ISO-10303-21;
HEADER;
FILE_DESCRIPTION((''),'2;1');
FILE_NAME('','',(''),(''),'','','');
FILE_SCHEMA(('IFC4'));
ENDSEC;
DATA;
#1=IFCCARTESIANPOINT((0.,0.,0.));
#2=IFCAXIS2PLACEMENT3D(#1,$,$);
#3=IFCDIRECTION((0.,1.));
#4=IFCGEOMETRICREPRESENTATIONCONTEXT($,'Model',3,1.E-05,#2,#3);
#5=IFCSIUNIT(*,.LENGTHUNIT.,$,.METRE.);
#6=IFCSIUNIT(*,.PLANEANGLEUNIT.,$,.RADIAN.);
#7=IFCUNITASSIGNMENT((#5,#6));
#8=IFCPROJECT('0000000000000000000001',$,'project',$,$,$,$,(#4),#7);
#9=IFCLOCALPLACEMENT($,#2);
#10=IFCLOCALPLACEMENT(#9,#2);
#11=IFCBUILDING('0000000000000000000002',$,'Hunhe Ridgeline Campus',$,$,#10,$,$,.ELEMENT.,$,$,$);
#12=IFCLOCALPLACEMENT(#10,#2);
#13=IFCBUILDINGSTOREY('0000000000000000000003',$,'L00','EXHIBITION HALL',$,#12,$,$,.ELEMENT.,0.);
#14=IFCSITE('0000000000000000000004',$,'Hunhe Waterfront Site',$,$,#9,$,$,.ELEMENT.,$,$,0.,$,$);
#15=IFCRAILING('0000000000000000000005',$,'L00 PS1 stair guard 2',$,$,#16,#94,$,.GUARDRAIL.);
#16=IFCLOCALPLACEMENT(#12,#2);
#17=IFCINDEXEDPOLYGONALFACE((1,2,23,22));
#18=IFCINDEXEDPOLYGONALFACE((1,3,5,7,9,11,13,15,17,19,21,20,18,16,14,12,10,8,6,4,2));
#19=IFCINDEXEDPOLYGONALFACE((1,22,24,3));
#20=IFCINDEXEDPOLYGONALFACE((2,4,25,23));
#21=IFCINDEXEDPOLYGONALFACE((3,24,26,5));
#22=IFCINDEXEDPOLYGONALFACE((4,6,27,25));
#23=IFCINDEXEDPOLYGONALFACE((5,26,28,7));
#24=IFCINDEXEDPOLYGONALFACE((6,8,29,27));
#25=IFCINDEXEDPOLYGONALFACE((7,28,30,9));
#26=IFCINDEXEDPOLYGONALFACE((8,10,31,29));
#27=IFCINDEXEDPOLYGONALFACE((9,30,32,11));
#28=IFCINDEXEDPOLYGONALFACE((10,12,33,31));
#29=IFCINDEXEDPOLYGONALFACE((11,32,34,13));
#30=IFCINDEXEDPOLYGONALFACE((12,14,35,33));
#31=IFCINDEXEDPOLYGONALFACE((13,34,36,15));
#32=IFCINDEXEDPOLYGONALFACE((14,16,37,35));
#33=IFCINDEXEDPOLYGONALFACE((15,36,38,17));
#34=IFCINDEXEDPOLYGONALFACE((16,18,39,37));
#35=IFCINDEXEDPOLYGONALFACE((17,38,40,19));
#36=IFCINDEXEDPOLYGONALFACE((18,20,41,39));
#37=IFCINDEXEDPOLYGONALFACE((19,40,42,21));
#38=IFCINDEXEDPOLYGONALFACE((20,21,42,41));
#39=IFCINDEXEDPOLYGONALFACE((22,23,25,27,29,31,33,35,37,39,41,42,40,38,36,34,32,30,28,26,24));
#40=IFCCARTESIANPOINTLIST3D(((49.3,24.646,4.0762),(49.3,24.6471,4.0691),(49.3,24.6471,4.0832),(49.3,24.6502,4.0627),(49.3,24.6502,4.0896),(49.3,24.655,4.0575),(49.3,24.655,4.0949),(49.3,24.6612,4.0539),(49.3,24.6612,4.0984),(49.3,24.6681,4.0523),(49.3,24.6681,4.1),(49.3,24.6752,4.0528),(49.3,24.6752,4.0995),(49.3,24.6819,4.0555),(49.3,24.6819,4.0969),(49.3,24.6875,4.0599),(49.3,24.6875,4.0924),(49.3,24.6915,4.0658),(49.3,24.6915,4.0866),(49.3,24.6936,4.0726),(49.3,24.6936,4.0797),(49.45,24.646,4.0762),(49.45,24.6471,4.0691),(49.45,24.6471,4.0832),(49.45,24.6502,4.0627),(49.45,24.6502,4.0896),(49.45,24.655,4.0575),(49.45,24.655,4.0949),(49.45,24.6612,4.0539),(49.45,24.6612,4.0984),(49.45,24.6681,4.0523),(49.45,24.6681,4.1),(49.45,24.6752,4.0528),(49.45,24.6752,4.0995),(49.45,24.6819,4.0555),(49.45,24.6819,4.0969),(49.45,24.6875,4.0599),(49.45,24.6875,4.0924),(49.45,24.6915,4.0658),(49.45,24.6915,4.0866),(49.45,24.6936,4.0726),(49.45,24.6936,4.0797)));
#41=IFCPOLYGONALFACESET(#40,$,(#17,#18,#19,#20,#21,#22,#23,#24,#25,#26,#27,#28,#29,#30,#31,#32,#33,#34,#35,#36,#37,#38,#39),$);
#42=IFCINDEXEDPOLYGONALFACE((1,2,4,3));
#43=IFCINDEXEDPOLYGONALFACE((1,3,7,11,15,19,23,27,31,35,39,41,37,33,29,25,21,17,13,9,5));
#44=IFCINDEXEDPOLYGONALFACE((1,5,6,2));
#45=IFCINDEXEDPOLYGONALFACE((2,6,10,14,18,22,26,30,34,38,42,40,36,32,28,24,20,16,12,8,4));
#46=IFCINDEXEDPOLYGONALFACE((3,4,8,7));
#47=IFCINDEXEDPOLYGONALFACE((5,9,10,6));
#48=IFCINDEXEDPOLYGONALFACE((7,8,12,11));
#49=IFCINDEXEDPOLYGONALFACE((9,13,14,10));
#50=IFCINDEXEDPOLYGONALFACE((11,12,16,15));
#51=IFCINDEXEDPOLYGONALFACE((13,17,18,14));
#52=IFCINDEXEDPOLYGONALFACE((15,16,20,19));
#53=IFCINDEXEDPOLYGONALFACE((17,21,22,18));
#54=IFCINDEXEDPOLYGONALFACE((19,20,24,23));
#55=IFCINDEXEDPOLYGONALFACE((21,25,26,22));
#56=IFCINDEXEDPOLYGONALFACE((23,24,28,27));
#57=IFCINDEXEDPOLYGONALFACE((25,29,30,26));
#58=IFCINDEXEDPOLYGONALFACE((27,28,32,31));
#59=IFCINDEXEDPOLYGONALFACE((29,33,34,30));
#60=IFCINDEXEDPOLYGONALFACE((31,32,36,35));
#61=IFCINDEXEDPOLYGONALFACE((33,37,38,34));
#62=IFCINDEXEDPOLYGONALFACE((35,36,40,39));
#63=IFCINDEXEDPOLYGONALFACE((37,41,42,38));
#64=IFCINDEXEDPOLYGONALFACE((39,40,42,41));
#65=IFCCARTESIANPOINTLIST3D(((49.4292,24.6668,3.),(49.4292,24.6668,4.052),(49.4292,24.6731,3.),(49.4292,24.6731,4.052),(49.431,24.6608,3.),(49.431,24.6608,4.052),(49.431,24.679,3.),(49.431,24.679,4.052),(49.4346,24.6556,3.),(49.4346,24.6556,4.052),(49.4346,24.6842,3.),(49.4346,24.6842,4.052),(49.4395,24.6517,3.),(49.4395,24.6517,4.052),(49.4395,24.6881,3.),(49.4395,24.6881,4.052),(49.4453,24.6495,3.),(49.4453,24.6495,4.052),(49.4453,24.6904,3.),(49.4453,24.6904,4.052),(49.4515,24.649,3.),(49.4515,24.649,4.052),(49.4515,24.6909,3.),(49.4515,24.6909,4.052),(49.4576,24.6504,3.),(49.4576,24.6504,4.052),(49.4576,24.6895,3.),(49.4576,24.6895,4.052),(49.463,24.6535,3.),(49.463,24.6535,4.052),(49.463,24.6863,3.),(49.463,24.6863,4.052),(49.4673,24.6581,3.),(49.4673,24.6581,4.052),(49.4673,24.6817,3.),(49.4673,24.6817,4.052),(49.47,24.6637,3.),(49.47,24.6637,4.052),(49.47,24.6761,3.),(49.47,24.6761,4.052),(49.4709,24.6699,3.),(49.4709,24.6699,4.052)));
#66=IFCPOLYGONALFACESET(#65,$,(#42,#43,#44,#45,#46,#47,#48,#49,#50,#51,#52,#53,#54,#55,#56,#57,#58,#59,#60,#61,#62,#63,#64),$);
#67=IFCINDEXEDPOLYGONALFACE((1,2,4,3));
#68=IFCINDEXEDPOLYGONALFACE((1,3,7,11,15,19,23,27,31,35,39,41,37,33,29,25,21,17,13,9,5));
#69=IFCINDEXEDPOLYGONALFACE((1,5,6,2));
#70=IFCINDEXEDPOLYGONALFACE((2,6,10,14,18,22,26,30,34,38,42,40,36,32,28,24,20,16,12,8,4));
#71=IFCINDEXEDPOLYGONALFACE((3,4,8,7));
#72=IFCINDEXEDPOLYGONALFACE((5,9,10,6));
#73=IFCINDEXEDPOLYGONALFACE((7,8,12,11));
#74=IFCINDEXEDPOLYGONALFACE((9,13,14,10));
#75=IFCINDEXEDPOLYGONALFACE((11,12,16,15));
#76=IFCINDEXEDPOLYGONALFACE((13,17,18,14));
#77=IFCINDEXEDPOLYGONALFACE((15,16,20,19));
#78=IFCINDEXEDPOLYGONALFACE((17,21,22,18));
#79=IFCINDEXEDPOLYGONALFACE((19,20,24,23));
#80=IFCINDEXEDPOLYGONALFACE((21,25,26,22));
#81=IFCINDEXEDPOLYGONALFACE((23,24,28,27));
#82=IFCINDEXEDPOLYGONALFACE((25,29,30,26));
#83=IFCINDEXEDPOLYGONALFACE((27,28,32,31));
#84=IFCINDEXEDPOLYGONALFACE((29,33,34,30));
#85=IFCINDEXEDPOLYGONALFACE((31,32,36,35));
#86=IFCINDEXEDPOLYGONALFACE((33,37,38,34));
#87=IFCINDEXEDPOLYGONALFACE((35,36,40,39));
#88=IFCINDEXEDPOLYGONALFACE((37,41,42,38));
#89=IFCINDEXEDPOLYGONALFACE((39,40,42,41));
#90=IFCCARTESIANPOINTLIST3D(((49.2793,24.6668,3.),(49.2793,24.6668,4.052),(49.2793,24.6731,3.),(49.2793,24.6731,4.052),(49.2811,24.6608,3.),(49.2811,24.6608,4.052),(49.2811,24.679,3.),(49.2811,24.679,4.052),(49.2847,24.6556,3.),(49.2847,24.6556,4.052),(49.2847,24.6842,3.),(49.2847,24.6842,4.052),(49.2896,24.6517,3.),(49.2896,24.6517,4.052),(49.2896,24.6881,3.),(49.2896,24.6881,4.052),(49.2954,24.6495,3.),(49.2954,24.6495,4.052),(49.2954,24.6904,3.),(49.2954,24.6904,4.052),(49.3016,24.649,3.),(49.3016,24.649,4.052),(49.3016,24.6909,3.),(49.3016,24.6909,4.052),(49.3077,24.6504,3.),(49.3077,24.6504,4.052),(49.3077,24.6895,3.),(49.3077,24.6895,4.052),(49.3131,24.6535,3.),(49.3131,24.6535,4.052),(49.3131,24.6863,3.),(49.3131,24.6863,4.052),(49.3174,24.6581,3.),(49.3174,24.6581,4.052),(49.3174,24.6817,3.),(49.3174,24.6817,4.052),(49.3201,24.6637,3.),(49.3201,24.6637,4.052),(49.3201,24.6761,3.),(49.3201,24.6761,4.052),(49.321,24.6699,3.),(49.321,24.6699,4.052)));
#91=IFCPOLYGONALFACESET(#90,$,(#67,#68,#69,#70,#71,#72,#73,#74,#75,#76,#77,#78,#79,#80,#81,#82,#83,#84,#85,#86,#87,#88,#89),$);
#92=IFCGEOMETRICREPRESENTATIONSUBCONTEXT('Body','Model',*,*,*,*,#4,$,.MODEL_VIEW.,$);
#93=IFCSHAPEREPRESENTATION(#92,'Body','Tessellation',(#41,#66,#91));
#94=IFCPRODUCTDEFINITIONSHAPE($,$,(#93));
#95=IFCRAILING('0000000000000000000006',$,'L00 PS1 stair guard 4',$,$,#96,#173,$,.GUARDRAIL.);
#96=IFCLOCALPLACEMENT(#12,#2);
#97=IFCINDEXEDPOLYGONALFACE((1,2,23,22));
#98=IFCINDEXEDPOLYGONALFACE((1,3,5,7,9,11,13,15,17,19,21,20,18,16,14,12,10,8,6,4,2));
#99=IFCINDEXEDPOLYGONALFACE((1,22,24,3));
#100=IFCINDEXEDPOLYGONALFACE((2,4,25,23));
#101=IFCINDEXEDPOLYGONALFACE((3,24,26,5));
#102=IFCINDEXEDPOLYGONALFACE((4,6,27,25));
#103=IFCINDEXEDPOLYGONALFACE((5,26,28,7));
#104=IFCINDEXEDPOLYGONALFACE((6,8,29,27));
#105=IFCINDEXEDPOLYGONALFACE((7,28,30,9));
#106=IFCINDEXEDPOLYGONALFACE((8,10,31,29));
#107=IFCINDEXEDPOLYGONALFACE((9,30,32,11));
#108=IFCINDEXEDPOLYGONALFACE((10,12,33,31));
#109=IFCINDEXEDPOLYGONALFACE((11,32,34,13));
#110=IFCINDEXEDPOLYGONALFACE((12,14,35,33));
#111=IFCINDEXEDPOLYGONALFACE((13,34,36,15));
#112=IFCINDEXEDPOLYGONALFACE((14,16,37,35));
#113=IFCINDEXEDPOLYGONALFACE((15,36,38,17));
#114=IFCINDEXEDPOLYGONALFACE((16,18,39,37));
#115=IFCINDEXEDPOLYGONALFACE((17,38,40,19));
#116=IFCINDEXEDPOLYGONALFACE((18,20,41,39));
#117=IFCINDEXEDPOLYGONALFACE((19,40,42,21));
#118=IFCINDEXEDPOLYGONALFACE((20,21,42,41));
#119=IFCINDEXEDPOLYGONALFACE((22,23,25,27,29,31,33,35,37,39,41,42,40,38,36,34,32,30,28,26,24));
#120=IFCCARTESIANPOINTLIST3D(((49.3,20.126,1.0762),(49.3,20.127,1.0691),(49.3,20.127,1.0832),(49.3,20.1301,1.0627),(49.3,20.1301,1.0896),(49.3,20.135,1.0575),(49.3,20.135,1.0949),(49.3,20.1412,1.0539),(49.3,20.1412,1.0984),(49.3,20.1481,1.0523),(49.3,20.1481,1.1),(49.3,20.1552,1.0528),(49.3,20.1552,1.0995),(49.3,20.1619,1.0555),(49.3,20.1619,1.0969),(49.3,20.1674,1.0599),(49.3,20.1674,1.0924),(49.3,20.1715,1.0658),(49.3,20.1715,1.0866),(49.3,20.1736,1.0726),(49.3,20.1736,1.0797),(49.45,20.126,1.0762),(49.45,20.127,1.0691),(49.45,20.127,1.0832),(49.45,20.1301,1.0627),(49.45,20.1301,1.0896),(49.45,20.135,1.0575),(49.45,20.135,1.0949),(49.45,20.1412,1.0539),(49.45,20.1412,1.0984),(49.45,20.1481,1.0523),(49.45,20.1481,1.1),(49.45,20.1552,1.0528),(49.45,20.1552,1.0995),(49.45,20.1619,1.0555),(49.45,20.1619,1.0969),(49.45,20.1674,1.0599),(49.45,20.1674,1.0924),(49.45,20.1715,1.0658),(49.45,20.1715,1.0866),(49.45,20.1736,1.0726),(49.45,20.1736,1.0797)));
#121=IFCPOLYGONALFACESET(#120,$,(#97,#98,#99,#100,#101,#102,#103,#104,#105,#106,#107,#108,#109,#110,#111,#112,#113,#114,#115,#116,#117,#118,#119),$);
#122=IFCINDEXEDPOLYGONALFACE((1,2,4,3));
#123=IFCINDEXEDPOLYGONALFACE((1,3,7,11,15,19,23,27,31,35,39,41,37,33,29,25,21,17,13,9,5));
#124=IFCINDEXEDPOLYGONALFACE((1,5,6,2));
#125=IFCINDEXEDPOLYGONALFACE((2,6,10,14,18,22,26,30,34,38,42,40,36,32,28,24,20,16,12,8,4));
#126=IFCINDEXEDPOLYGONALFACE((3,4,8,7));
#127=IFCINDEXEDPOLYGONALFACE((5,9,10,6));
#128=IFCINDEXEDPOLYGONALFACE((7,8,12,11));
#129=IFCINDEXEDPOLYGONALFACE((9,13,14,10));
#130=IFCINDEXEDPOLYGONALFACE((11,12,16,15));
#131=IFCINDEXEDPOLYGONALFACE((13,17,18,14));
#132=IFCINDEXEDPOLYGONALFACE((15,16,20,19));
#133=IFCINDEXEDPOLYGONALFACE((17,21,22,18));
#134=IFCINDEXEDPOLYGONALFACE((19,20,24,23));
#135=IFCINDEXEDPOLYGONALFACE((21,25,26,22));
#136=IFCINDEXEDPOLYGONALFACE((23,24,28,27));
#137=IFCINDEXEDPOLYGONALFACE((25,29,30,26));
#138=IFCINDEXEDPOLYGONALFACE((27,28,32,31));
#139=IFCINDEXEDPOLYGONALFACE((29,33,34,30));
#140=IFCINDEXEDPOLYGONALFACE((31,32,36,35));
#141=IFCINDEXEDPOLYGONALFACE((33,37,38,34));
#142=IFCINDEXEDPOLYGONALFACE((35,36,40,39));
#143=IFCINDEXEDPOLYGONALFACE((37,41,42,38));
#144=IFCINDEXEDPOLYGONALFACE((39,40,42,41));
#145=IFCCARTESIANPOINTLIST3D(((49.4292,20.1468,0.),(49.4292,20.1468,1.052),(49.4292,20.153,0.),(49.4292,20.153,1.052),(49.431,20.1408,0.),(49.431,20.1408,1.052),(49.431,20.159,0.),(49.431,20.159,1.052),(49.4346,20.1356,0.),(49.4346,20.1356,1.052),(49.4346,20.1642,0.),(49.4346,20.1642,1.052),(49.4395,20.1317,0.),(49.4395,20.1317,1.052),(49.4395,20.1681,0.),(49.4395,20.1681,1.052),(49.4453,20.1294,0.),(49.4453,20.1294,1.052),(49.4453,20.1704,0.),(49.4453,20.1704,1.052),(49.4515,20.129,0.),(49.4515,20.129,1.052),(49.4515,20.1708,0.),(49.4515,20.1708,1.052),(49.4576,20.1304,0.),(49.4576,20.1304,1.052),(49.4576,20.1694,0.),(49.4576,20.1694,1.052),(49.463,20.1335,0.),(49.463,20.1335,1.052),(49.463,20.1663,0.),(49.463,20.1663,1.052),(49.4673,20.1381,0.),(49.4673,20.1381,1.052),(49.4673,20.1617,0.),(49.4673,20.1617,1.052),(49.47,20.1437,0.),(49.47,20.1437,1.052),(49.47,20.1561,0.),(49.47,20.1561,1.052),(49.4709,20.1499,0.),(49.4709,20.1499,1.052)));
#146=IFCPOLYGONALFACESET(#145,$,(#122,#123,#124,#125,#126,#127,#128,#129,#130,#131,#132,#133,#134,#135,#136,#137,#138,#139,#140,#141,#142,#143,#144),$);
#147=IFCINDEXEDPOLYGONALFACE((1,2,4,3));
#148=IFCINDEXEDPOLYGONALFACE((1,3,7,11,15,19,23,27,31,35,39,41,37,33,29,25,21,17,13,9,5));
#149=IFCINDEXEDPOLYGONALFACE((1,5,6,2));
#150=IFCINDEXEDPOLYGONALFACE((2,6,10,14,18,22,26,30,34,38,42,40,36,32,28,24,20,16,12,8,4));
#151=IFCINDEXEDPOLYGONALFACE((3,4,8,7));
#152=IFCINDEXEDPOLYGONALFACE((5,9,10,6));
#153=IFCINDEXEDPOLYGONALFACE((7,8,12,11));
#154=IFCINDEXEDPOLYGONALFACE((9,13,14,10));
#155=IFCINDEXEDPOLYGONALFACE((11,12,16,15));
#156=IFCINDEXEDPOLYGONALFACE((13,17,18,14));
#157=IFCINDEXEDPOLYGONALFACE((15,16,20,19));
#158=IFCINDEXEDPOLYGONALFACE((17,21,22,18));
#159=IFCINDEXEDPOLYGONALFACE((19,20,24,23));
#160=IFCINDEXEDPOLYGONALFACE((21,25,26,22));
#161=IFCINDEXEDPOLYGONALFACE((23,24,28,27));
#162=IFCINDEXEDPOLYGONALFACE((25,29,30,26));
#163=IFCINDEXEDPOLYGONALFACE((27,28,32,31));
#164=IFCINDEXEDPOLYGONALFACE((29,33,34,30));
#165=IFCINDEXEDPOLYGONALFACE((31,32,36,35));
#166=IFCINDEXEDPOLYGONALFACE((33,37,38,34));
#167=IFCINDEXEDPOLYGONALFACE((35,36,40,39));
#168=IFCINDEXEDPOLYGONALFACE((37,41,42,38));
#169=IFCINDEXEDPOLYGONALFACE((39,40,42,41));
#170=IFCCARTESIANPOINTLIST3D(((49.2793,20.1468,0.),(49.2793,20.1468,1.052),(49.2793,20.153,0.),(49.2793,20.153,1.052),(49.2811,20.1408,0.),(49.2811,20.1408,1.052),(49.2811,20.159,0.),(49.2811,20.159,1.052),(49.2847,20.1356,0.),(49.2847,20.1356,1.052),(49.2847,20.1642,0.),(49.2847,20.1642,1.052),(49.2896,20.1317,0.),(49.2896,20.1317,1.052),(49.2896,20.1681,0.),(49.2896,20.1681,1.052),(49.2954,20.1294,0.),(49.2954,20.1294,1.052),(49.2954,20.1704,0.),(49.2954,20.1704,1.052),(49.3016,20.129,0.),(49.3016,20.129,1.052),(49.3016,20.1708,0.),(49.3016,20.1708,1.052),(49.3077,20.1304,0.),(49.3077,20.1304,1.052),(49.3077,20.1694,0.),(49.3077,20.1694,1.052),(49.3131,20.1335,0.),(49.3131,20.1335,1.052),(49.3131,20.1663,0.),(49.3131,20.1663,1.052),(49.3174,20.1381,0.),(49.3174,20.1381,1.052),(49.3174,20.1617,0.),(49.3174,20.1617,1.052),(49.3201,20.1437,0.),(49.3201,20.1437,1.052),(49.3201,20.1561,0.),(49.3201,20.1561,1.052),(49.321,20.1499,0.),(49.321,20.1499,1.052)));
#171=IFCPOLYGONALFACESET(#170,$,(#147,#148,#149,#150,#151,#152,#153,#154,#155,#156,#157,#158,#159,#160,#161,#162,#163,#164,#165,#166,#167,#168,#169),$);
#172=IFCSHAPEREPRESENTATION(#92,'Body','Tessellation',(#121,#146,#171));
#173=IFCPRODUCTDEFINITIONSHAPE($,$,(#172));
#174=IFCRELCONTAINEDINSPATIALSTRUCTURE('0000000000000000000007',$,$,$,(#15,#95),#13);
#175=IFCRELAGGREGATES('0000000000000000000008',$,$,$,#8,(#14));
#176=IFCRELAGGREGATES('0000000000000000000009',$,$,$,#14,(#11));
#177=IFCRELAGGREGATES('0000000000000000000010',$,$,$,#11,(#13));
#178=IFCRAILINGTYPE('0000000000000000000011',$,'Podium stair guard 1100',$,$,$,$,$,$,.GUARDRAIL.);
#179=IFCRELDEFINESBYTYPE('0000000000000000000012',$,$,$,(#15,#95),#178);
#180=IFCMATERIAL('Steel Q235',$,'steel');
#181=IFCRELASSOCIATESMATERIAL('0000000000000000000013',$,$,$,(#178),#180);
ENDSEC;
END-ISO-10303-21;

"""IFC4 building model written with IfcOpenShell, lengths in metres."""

from ifc_helpers import new_model, si_unit, direction, frame, origin, origin_2d, place, context, subcontext, project, spatial, circle, extrude, material, type_object, element, save


model = new_model("IFC4")

# Units and contexts
model_context = context("Model", 3, precision=1e-05, world=origin(), true_north=direction((0.0, 1.0)))
body_context = subcontext(model_context, "Body", "Model", "MODEL_VIEW")
ifc_project = project(units=[si_unit("LENGTHUNIT", "METRE"), si_unit("PLANEANGLEUNIT", "RADIAN")], contexts=[model_context])

# Site, building, storey
site_placement = place(None, origin())
site = spatial("IfcSite", under=ifc_project, at=site_placement, Name="Hunhe Waterfront Site", CompositionType="ELEMENT", RefElevation=0.0)
building_placement = place(site_placement, origin())
building = spatial("IfcBuilding", under=site, at=building_placement, Name="Hunhe Ridgeline Campus", CompositionType="ELEMENT")
storey_placement = place(building_placement, origin())
storey = spatial("IfcBuildingStorey", under=building, at=storey_placement, Name="L00", Description="EXHIBITION HALL", CompositionType="ELEMENT", Elevation=0.0)

# Railings
ifc_material_1 = material(Name="Steel Q235", Category="steel")
railing_type_1 = type_object("IfcRailingType", Name="Podium stair guard 1100", PredefinedType="GUARDRAIL", material=ifc_material_1)
railing_1_placement = place(storey_placement, frame((49.45, 24.6699, 3.0)))
element("IfcRailing", 1, at=railing_1_placement, inside=storey, type_object=railing_type_1, Name="L00 PS1 stair guard 2", PredefinedType="GUARDRAIL", context=body_context, shape_type="SweptSolid", body=[
    extrude(circle(Radius=0.0239, at=origin_2d()), frame((0.0, 0.0, 1.0762), z_axis=(-1.0, 0.0, 0.0), x_axis=(0.0, -1.0, 0.0)), (0.0, 0.0, 1.0), 0.1499),
    extrude(circle(Radius=0.021, at=origin_2d()), origin(), (0.0, 0.0, 1.0), 1.052),
    extrude(circle(Radius=0.021, at=origin_2d()), frame((-0.1499, 0.0, 0.0)), (0.0, 0.0, 1.0), 1.052),
])
railing_2_placement = place(storey_placement, frame((49.45, 20.1499, 0.0)))
element("IfcRailing", 2, at=railing_2_placement, inside=storey, type_object=railing_type_1, Name="L00 PS1 stair guard 4", PredefinedType="GUARDRAIL", context=body_context, shape_type="SweptSolid", body=[
    extrude(circle(Radius=0.0239, at=origin_2d()), frame((0.0, 0.0, 1.0762), z_axis=(-1.0, 0.0, 0.0), x_axis=(0.0, -1.0, 0.0)), (0.0, 0.0, 1.0), 0.1499),
    extrude(circle(Radius=0.021, at=origin_2d()), origin(), (0.0, 0.0, 1.0), 1.052),
    extrude(circle(Radius=0.021, at=origin_2d()), frame((-0.1499, 0.0, 0.0)), (0.0, 0.0, 1.0), 1.052),
])

save(model, "model.ifc")
